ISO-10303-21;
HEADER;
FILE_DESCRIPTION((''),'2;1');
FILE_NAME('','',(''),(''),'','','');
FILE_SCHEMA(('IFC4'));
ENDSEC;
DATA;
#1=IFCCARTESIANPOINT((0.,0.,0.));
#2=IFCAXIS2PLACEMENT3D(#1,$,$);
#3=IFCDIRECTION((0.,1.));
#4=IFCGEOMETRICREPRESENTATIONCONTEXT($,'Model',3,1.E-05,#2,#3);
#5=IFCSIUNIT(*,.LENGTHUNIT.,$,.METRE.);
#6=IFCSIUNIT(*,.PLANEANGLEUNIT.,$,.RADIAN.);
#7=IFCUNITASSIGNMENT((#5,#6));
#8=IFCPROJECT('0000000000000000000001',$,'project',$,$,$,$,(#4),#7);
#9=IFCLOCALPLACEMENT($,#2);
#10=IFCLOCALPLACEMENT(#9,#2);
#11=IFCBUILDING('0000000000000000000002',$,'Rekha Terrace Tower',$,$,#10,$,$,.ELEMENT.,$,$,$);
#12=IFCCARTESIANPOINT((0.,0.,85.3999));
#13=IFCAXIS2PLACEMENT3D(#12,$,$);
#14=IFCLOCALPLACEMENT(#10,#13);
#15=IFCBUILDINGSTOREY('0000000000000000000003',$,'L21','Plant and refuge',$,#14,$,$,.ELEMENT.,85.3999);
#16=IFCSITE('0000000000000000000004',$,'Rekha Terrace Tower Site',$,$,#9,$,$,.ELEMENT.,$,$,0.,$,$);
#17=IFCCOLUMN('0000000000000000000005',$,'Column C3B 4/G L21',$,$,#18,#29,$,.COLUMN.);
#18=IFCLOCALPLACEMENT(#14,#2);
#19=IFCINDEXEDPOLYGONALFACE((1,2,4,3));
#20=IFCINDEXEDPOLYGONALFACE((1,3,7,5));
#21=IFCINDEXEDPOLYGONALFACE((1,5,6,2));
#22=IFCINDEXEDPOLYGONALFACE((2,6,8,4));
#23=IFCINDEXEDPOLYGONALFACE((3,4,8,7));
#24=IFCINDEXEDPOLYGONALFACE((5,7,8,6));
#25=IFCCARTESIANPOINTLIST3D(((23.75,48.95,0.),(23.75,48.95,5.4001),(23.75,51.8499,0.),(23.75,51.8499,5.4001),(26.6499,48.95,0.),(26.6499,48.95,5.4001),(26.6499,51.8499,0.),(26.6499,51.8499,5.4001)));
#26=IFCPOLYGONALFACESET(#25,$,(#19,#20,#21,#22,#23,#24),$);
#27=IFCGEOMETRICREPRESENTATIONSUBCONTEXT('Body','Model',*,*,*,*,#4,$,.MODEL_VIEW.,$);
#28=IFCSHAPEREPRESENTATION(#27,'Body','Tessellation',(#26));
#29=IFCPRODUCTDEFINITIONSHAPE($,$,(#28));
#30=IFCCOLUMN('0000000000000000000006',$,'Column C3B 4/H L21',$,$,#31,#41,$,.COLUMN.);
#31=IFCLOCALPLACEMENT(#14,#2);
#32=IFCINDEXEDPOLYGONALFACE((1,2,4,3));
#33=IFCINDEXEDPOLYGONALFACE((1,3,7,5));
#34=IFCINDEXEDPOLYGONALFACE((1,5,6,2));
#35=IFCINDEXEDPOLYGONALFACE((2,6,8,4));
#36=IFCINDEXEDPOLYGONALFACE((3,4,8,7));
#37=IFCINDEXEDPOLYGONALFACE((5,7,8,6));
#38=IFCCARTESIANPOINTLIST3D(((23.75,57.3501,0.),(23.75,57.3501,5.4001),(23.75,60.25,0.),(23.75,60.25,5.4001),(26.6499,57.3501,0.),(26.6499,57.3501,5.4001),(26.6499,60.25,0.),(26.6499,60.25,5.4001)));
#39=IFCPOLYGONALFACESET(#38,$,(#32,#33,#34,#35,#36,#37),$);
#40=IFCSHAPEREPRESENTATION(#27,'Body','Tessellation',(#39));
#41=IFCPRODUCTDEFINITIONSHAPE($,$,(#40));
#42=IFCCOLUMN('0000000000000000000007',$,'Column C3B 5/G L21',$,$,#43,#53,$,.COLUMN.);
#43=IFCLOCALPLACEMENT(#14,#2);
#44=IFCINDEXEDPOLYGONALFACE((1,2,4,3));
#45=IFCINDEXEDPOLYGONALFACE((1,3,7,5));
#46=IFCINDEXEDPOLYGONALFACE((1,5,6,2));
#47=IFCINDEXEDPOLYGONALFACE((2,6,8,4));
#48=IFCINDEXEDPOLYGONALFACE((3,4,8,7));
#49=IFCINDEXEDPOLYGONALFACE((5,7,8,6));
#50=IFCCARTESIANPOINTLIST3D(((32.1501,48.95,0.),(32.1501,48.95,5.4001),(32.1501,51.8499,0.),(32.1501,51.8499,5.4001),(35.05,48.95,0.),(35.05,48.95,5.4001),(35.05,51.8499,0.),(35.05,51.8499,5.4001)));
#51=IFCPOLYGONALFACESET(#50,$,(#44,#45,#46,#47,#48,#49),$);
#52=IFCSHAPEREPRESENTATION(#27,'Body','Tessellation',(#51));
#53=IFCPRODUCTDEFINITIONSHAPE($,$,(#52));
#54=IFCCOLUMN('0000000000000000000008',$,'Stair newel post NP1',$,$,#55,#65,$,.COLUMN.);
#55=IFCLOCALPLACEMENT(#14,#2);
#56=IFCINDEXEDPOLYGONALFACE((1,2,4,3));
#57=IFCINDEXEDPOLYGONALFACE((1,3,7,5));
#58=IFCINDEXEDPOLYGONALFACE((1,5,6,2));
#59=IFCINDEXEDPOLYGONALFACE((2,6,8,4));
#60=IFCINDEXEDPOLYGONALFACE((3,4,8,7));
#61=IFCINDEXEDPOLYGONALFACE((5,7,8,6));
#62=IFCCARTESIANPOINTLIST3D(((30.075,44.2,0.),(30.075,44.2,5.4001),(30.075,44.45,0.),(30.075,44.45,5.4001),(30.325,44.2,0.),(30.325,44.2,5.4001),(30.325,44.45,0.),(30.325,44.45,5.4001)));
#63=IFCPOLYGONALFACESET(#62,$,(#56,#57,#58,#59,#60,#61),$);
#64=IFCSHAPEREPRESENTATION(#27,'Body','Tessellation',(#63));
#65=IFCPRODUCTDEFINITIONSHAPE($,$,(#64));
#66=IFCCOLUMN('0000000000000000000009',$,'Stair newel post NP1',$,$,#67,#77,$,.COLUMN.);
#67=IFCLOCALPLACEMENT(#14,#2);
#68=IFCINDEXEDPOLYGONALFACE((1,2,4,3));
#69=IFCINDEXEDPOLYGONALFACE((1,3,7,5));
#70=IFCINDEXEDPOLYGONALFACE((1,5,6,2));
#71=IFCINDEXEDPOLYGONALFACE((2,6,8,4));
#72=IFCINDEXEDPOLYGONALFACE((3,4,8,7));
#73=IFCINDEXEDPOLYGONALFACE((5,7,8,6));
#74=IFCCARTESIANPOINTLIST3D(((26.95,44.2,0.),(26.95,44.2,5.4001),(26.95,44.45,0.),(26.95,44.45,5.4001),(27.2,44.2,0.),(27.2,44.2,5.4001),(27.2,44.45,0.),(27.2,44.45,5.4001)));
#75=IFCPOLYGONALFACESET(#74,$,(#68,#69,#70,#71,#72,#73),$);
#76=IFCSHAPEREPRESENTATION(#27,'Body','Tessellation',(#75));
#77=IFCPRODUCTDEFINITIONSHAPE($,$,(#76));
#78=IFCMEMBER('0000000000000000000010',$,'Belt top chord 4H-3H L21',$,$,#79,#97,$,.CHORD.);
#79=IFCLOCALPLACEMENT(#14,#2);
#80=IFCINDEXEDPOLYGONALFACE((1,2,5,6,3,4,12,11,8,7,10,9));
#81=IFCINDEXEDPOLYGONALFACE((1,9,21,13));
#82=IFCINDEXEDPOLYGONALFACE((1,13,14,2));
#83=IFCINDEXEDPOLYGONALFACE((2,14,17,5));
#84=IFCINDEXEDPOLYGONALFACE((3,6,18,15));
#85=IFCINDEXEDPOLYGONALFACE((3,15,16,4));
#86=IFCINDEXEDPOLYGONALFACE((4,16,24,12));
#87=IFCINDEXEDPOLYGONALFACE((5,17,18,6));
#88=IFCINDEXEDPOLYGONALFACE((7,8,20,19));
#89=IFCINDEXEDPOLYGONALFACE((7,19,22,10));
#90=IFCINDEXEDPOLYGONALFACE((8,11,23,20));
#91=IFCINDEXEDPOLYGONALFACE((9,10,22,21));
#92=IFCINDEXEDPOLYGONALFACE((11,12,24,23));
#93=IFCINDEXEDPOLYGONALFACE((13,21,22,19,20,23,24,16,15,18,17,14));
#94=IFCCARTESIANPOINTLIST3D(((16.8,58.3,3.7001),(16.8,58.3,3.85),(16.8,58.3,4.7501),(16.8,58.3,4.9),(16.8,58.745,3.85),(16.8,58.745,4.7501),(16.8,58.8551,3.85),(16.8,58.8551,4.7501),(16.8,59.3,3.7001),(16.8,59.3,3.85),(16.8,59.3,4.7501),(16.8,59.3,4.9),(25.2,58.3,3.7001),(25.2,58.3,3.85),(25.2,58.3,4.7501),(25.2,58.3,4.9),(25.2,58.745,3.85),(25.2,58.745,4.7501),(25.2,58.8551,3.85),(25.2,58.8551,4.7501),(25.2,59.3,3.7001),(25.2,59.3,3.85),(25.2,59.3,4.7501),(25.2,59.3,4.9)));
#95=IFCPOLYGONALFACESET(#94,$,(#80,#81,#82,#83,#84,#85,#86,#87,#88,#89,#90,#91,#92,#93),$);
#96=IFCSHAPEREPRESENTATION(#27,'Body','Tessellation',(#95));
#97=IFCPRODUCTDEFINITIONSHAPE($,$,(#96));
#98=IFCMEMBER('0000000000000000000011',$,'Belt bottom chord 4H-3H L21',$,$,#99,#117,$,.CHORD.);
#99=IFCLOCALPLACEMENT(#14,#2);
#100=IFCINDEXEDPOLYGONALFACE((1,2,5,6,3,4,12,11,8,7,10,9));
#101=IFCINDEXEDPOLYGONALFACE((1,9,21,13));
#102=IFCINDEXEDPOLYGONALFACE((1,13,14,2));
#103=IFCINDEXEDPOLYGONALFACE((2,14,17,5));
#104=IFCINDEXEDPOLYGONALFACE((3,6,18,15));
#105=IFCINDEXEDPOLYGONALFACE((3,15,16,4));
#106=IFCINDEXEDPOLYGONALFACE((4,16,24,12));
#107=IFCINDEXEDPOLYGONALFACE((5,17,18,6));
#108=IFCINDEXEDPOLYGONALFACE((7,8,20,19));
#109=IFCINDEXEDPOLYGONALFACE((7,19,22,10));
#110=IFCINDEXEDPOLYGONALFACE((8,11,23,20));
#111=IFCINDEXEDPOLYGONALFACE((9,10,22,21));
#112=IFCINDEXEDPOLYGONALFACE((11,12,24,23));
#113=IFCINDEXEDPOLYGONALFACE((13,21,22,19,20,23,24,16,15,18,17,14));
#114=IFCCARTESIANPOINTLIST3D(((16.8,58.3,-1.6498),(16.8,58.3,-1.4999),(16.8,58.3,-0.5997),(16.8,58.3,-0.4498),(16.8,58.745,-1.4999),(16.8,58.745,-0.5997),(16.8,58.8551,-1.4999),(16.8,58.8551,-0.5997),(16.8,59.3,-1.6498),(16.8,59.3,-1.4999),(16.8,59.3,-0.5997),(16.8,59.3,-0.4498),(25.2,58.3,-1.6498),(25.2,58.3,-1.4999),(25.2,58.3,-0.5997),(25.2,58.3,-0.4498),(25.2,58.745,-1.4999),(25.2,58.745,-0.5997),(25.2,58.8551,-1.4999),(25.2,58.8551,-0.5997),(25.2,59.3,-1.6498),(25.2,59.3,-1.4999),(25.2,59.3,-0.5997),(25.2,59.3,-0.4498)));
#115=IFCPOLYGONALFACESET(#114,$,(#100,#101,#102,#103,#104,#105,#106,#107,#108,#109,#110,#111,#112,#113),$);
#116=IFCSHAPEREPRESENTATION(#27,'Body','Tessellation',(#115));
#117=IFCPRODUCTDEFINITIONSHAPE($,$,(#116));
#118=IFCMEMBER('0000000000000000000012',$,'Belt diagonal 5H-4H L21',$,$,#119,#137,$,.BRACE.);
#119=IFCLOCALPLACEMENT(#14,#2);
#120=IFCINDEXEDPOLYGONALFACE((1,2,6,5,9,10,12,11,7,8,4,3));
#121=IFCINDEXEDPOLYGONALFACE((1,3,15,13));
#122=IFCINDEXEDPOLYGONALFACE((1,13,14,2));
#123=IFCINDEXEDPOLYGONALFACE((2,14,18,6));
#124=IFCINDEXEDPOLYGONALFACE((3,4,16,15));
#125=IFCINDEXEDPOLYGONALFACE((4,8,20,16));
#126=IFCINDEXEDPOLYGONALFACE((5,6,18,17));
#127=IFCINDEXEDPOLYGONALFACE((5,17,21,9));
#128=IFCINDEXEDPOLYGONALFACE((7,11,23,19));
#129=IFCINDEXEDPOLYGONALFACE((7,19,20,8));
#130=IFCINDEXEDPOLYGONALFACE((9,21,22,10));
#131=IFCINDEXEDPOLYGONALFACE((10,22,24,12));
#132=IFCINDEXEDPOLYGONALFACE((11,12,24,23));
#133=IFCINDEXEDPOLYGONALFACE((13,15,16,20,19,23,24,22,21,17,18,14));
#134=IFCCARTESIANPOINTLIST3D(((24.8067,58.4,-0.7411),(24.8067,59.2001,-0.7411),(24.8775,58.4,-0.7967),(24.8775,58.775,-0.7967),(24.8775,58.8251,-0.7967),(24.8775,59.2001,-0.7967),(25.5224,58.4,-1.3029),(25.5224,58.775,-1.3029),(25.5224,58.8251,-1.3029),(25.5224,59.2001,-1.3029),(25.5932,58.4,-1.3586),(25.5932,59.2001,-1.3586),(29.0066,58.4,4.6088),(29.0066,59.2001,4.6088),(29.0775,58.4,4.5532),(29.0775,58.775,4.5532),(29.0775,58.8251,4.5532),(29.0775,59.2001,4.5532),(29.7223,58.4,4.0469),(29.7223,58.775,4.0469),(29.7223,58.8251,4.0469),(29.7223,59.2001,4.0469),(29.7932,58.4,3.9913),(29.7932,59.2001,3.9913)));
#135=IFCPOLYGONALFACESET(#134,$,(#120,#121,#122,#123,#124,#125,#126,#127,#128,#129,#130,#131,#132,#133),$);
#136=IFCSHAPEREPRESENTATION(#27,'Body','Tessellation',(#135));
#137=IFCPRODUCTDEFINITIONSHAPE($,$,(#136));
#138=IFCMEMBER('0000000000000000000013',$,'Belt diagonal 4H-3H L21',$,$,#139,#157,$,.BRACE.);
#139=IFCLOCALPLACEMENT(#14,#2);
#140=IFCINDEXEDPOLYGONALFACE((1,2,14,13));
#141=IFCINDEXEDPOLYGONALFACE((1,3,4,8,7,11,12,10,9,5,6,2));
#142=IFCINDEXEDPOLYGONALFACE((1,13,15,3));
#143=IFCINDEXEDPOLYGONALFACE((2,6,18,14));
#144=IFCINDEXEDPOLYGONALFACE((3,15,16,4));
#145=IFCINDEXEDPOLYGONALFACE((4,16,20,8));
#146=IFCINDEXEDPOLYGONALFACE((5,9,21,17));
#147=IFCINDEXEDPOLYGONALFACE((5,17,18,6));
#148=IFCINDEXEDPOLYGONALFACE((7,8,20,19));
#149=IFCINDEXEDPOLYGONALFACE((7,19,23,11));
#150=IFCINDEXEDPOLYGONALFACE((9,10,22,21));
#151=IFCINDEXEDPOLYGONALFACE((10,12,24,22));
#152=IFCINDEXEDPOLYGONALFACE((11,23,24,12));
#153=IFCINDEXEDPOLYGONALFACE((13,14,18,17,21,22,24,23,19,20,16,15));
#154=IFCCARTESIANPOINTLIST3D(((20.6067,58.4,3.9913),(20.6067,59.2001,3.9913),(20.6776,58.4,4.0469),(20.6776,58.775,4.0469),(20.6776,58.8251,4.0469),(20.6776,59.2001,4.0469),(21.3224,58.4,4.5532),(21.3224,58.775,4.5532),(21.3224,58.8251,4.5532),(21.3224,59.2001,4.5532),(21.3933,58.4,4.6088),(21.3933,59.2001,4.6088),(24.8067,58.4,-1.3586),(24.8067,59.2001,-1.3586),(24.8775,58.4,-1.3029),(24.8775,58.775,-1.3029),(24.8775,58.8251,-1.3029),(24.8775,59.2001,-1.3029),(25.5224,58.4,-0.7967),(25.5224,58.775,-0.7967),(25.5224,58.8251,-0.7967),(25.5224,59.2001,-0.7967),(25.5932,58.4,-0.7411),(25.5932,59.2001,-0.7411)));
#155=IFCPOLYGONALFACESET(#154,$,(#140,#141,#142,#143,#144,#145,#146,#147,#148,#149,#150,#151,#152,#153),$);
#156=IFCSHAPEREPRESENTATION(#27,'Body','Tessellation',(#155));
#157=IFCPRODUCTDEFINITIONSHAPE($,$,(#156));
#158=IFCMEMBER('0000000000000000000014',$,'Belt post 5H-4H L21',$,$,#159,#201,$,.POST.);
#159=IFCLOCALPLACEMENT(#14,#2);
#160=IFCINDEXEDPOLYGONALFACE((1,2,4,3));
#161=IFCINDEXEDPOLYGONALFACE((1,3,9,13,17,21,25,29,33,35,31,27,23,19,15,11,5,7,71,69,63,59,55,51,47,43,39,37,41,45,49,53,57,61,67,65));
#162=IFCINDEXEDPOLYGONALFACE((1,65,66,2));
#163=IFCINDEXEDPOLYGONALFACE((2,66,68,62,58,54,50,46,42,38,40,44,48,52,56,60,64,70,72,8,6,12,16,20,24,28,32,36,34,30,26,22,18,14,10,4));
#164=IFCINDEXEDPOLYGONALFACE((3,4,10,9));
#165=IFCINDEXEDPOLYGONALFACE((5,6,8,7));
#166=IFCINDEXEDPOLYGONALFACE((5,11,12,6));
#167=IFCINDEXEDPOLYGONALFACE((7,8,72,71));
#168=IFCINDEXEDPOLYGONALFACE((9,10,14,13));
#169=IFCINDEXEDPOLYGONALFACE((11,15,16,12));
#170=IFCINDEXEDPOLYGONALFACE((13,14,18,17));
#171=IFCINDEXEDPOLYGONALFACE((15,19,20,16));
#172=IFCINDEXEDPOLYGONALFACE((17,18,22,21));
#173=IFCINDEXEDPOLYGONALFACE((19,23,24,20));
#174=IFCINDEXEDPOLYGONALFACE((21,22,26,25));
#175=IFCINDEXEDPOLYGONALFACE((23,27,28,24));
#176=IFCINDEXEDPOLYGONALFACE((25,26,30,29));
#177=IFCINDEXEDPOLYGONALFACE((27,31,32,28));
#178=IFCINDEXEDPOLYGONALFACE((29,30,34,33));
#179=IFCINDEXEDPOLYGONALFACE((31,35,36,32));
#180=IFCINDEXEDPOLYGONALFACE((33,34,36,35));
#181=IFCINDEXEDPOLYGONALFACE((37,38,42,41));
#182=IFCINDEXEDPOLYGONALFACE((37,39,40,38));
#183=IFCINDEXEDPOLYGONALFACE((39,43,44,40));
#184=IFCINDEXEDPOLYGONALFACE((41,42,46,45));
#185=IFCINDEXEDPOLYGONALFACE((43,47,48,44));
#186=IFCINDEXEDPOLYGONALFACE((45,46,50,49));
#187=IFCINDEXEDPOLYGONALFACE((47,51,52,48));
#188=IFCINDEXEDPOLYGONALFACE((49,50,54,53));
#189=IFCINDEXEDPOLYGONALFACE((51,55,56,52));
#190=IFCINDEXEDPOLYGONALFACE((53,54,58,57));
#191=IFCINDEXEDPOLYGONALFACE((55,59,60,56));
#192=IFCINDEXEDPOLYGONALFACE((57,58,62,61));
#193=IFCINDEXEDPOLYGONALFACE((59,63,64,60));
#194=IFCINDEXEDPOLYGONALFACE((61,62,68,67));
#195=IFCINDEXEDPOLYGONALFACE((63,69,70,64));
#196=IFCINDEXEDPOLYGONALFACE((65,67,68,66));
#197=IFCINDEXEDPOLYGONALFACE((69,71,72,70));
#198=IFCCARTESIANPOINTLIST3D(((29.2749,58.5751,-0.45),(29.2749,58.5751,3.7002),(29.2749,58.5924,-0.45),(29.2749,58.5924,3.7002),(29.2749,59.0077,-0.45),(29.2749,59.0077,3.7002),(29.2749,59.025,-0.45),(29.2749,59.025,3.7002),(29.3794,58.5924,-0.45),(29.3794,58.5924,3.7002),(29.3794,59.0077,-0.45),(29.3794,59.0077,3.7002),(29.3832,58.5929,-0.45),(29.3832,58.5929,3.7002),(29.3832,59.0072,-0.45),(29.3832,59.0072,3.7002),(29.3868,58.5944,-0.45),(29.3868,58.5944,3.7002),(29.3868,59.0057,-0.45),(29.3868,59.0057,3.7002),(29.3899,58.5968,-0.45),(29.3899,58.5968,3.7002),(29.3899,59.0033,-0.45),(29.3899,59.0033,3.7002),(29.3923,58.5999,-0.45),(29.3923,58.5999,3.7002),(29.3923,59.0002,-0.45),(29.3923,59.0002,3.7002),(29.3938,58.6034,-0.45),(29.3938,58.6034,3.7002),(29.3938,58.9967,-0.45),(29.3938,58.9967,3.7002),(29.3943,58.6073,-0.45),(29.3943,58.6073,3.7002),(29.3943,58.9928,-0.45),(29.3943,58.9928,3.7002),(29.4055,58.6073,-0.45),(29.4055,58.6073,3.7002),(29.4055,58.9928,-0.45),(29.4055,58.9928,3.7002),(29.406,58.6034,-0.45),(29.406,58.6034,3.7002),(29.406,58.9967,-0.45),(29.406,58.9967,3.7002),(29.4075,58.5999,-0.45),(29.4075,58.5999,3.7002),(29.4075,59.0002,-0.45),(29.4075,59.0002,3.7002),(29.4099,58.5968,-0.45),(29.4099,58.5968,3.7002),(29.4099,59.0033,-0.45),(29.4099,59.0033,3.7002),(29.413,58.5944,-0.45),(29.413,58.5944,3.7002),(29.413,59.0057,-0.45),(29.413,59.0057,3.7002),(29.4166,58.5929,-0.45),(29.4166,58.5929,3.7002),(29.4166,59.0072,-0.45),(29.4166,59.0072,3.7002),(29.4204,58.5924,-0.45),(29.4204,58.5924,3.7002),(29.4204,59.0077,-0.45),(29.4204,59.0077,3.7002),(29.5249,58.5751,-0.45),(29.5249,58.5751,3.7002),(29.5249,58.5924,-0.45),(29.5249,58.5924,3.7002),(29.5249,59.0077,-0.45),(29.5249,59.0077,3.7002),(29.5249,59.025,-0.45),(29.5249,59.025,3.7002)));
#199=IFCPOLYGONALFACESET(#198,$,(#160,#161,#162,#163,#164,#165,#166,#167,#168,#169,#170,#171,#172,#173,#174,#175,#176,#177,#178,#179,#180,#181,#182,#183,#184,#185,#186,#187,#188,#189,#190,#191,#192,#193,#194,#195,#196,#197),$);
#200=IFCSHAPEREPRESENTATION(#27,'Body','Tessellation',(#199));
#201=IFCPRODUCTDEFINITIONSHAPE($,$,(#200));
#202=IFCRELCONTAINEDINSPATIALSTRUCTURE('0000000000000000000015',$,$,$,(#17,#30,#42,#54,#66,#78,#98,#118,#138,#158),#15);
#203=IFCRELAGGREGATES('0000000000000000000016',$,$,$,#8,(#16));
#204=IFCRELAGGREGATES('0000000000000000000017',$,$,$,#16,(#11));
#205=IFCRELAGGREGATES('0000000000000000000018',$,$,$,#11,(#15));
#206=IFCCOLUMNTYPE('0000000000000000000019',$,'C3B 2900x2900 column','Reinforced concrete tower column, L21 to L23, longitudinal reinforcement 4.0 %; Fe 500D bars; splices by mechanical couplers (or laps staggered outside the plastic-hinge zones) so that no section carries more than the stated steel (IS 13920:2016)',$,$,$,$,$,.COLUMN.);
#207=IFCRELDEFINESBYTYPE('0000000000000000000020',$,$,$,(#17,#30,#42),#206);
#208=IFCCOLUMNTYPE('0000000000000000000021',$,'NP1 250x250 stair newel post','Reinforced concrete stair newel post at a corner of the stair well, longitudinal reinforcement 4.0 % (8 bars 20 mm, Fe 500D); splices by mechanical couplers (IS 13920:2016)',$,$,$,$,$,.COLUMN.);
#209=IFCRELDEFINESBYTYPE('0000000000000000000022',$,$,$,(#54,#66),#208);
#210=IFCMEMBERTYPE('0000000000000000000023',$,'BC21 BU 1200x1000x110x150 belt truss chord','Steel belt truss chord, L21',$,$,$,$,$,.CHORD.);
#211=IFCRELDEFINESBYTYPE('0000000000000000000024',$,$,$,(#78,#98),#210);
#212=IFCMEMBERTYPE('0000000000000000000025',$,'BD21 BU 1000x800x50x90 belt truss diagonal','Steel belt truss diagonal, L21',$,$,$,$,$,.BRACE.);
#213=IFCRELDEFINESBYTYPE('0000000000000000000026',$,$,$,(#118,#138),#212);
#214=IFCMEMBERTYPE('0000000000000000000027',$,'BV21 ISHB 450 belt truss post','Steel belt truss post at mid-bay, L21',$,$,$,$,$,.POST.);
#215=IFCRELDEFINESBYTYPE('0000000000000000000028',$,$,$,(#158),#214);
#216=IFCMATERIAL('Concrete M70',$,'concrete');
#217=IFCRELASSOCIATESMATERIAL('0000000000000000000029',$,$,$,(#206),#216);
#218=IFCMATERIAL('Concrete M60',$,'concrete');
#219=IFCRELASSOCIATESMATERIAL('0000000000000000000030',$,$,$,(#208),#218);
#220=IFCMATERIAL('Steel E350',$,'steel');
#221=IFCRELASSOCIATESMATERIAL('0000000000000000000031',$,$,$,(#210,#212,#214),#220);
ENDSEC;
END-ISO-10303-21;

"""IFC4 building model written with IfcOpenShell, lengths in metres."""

from ifc_helpers import new_model, si_unit, direction, frame, origin, origin_2d, place, context, subcontext, project, spatial, rectangle, i_section, extrude, material, material_profile, profile_set, type_object, element, save


model = new_model("IFC4")

# Units and contexts
model_context = context("Model", 3, precision=1e-05, world=origin(), true_north=direction((0.0, 1.0)))
body_context = subcontext(model_context, "Body", "Model", "MODEL_VIEW")
ifc_project = project(units=[si_unit("LENGTHUNIT", "METRE"), si_unit("PLANEANGLEUNIT", "RADIAN")], contexts=[model_context])

# Site, building, storey
site_placement = place(None, origin())
site = spatial("IfcSite", under=ifc_project, at=site_placement, Name="Rekha Terrace Tower Site", CompositionType="ELEMENT", RefElevation=0.0)
building_placement = place(site_placement, origin())
building = spatial("IfcBuilding", under=site, at=building_placement, Name="Rekha Terrace Tower", CompositionType="ELEMENT")
storey_placement = place(building_placement, frame((0.0, 0.0, 85.3999)))
storey = spatial("IfcBuildingStorey", under=building, at=storey_placement, Name="L21", Description="Plant and refuge", CompositionType="ELEMENT", Elevation=85.3999)

# Columns
ifc_material_1 = material(Name="Concrete M70", Category="concrete")
ifc_material_profile_1 = material_profile(ifc_material_1, rectangle(XDim=2.8999, YDim=2.8999, at=origin_2d()), Name="RC 2900x2900")
ifc_profile_set_1 = profile_set([ifc_material_profile_1], Name="Concrete M70")
column_type_1 = type_object("IfcColumnType", Name="C3B 2900x2900 column", Description="Reinforced concrete tower column, L21 to L23, longitudinal reinforcement 4.0 %; Fe 500D bars; splices by mechanical couplers (or laps staggered outside the plastic-hinge zones) so that no section carries more than the stated steel (IS 13920:2016)", PredefinedType="COLUMN", material=ifc_profile_set_1)
for number, where, z_axis, x_axis, name in (
    (1, (25.2, 50.3999, 0.0), (0.0, 0.0, 1.0), (1.0, 0.0, 0.0), "Column C3B 4/G L21"),
    (2, (25.2, 58.8, 0.0), (0.0, 0.0, 1.0), (1.0, 0.0, 0.0), "Column C3B 4/H L21"),
    (3, (33.6001, 50.3999, 0.0), (0.0, 0.0, 1.0), (1.0, 0.0, 0.0), "Column C3B 5/G L21"),
):
    element("IfcColumn", number, at=place(storey_placement, frame(where, z_axis=z_axis, x_axis=x_axis)), inside=storey, type_object=column_type_1, Name=name, PredefinedType="COLUMN", context=body_context, shape_type="SweptSolid", body=[
        extrude(rectangle(XDim=2.8999, YDim=2.8999, at=origin_2d()), origin(), (0.0, 0.0, 1.0), 5.4001),
    ])
ifc_material_2 = material(Name="Concrete M60", Category="concrete")
ifc_material_profile_2 = material_profile(ifc_material_2, rectangle(XDim=0.25, YDim=0.25, at=origin_2d()), Name="RC 250x250")
ifc_profile_set_2 = profile_set([ifc_material_profile_2], Name="Concrete M60")
column_type_2 = type_object("IfcColumnType", Name="NP1 250x250 stair newel post", Description="Reinforced concrete stair newel post at a corner of the stair well, longitudinal reinforcement 4.0 % (8 bars 20 mm, Fe 500D); splices by mechanical couplers (IS 13920:2016)", PredefinedType="COLUMN", material=ifc_profile_set_2)
for number, where, z_axis, x_axis, name in (
    (4, (30.2, 44.325, 0.0), (0.0, 0.0, 1.0), (1.0, 0.0, 0.0), "Stair newel post NP1"),
    (5, (27.075, 44.325, 0.0), (0.0, 0.0, 1.0), (1.0, 0.0, 0.0), "Stair newel post NP1"),
):
    element("IfcColumn", number, at=place(storey_placement, frame(where, z_axis=z_axis, x_axis=x_axis)), inside=storey, type_object=column_type_2, Name=name, PredefinedType="COLUMN", context=body_context, shape_type="SweptSolid", body=[
        extrude(rectangle(XDim=0.25, YDim=0.25, at=origin_2d()), origin(), (0.0, 0.0, 1.0), 5.4001),
    ])

# Members
ifc_material_3 = material(Name="Steel E350", Category="steel")
ifc_material_profile_3 = material_profile(ifc_material_3, i_section(OverallWidth=1.0, OverallDepth=1.2, WebThickness=0.1101, FlangeThickness=0.1499, at=origin_2d()), Name="BU 1200x1000x110x150")
ifc_profile_set_3 = profile_set([ifc_material_profile_3], Name="Steel E350")
member_type_1 = type_object("IfcMemberType", Name="BC21 BU 1200x1000x110x150 belt truss chord", Description="Steel belt truss chord, L21", PredefinedType="CHORD", material=ifc_profile_set_3)
for number, where, z_axis, x_axis, name in (
    (6, (25.2, 58.8, 4.3), (-1.0, 0.0, 0.0), (0.0, -1.0, 0.0), "Belt top chord 4H-3H L21"),
    (7, (25.2, 58.8, -1.0498), (-1.0, 0.0, 0.0), (0.0, -1.0, 0.0), "Belt bottom chord 4H-3H L21"),
):
    element("IfcMember", number, at=place(storey_placement, frame(where, z_axis=z_axis, x_axis=x_axis)), inside=storey, type_object=member_type_1, Name=name, PredefinedType="CHORD", context=body_context, shape_type="SweptSolid", body=[
        extrude(i_section(OverallWidth=1.0, OverallDepth=1.2, WebThickness=0.1101, FlangeThickness=0.1499, at=origin_2d()), origin(), (0.0, 0.0, 1.0), 8.3999),
    ])
ifc_material_profile_4 = material_profile(ifc_material_3, i_section(OverallWidth=0.8, OverallDepth=1.0, WebThickness=0.05, FlangeThickness=0.0901, at=origin_2d()), Name="BU 1000x800x50x90")
ifc_profile_set_4 = profile_set([ifc_material_profile_4], Name="Steel E350")
member_type_2 = type_object("IfcMemberType", Name="BD21 BU 1000x800x50x90 belt truss diagonal", Description="Steel belt truss diagonal, L21", PredefinedType="BRACE", material=ifc_profile_set_4)
for number, where, z_axis, x_axis, name in (
    (8, (25.2, 58.8, -1.0498), (0.617503, 0.0, 0.786569), (0.0, 1.0, 0.0), "Belt diagonal 5H-4H L21"),
    (9, (25.2, 58.8, -1.0498), (-0.617503, 0.0, 0.786569), (0.0, -1.0, 0.0), "Belt diagonal 4H-3H L21"),
):
    element("IfcMember", number, at=place(storey_placement, frame(where, z_axis=z_axis, x_axis=x_axis)), inside=storey, type_object=member_type_2, Name=name, PredefinedType="BRACE", context=body_context, shape_type="SweptSolid", body=[
        extrude(i_section(OverallWidth=0.8, OverallDepth=1.0, WebThickness=0.05, FlangeThickness=0.0901, at=origin_2d()), origin(), (0.0, 0.0, 1.0), 6.8015),
    ])
ifc_material_profile_5 = material_profile(ifc_material_3, i_section(OverallWidth=0.25, OverallDepth=0.45, WebThickness=0.0112, FlangeThickness=0.0173, FilletRadius=0.0149, at=origin_2d()), Name="ISHB 450")
ifc_profile_set_5 = profile_set([ifc_material_profile_5], Name="Steel E350")
member_type_3 = type_object("IfcMemberType", Name="BV21 ISHB 450 belt truss post", Description="Steel belt truss post at mid-bay, L21", PredefinedType="POST", material=ifc_profile_set_5)
member_1_placement = place(storey_placement, frame((29.3999, 58.8, -0.45), z_axis=(0.0, 0.0, 1.0), x_axis=(1.0, 0.0, 0.0)))
element("IfcMember", 10, at=member_1_placement, inside=storey, type_object=member_type_3, Name="Belt post 5H-4H L21", PredefinedType="POST", context=body_context, shape_type="SweptSolid", body=[
    extrude(i_section(OverallWidth=0.25, OverallDepth=0.45, WebThickness=0.0112, FlangeThickness=0.0173, FilletRadius=0.0149, at=origin_2d()), origin(), (0.0, 0.0, 1.0), 4.1501),
])

save(model, "model.ifc")
